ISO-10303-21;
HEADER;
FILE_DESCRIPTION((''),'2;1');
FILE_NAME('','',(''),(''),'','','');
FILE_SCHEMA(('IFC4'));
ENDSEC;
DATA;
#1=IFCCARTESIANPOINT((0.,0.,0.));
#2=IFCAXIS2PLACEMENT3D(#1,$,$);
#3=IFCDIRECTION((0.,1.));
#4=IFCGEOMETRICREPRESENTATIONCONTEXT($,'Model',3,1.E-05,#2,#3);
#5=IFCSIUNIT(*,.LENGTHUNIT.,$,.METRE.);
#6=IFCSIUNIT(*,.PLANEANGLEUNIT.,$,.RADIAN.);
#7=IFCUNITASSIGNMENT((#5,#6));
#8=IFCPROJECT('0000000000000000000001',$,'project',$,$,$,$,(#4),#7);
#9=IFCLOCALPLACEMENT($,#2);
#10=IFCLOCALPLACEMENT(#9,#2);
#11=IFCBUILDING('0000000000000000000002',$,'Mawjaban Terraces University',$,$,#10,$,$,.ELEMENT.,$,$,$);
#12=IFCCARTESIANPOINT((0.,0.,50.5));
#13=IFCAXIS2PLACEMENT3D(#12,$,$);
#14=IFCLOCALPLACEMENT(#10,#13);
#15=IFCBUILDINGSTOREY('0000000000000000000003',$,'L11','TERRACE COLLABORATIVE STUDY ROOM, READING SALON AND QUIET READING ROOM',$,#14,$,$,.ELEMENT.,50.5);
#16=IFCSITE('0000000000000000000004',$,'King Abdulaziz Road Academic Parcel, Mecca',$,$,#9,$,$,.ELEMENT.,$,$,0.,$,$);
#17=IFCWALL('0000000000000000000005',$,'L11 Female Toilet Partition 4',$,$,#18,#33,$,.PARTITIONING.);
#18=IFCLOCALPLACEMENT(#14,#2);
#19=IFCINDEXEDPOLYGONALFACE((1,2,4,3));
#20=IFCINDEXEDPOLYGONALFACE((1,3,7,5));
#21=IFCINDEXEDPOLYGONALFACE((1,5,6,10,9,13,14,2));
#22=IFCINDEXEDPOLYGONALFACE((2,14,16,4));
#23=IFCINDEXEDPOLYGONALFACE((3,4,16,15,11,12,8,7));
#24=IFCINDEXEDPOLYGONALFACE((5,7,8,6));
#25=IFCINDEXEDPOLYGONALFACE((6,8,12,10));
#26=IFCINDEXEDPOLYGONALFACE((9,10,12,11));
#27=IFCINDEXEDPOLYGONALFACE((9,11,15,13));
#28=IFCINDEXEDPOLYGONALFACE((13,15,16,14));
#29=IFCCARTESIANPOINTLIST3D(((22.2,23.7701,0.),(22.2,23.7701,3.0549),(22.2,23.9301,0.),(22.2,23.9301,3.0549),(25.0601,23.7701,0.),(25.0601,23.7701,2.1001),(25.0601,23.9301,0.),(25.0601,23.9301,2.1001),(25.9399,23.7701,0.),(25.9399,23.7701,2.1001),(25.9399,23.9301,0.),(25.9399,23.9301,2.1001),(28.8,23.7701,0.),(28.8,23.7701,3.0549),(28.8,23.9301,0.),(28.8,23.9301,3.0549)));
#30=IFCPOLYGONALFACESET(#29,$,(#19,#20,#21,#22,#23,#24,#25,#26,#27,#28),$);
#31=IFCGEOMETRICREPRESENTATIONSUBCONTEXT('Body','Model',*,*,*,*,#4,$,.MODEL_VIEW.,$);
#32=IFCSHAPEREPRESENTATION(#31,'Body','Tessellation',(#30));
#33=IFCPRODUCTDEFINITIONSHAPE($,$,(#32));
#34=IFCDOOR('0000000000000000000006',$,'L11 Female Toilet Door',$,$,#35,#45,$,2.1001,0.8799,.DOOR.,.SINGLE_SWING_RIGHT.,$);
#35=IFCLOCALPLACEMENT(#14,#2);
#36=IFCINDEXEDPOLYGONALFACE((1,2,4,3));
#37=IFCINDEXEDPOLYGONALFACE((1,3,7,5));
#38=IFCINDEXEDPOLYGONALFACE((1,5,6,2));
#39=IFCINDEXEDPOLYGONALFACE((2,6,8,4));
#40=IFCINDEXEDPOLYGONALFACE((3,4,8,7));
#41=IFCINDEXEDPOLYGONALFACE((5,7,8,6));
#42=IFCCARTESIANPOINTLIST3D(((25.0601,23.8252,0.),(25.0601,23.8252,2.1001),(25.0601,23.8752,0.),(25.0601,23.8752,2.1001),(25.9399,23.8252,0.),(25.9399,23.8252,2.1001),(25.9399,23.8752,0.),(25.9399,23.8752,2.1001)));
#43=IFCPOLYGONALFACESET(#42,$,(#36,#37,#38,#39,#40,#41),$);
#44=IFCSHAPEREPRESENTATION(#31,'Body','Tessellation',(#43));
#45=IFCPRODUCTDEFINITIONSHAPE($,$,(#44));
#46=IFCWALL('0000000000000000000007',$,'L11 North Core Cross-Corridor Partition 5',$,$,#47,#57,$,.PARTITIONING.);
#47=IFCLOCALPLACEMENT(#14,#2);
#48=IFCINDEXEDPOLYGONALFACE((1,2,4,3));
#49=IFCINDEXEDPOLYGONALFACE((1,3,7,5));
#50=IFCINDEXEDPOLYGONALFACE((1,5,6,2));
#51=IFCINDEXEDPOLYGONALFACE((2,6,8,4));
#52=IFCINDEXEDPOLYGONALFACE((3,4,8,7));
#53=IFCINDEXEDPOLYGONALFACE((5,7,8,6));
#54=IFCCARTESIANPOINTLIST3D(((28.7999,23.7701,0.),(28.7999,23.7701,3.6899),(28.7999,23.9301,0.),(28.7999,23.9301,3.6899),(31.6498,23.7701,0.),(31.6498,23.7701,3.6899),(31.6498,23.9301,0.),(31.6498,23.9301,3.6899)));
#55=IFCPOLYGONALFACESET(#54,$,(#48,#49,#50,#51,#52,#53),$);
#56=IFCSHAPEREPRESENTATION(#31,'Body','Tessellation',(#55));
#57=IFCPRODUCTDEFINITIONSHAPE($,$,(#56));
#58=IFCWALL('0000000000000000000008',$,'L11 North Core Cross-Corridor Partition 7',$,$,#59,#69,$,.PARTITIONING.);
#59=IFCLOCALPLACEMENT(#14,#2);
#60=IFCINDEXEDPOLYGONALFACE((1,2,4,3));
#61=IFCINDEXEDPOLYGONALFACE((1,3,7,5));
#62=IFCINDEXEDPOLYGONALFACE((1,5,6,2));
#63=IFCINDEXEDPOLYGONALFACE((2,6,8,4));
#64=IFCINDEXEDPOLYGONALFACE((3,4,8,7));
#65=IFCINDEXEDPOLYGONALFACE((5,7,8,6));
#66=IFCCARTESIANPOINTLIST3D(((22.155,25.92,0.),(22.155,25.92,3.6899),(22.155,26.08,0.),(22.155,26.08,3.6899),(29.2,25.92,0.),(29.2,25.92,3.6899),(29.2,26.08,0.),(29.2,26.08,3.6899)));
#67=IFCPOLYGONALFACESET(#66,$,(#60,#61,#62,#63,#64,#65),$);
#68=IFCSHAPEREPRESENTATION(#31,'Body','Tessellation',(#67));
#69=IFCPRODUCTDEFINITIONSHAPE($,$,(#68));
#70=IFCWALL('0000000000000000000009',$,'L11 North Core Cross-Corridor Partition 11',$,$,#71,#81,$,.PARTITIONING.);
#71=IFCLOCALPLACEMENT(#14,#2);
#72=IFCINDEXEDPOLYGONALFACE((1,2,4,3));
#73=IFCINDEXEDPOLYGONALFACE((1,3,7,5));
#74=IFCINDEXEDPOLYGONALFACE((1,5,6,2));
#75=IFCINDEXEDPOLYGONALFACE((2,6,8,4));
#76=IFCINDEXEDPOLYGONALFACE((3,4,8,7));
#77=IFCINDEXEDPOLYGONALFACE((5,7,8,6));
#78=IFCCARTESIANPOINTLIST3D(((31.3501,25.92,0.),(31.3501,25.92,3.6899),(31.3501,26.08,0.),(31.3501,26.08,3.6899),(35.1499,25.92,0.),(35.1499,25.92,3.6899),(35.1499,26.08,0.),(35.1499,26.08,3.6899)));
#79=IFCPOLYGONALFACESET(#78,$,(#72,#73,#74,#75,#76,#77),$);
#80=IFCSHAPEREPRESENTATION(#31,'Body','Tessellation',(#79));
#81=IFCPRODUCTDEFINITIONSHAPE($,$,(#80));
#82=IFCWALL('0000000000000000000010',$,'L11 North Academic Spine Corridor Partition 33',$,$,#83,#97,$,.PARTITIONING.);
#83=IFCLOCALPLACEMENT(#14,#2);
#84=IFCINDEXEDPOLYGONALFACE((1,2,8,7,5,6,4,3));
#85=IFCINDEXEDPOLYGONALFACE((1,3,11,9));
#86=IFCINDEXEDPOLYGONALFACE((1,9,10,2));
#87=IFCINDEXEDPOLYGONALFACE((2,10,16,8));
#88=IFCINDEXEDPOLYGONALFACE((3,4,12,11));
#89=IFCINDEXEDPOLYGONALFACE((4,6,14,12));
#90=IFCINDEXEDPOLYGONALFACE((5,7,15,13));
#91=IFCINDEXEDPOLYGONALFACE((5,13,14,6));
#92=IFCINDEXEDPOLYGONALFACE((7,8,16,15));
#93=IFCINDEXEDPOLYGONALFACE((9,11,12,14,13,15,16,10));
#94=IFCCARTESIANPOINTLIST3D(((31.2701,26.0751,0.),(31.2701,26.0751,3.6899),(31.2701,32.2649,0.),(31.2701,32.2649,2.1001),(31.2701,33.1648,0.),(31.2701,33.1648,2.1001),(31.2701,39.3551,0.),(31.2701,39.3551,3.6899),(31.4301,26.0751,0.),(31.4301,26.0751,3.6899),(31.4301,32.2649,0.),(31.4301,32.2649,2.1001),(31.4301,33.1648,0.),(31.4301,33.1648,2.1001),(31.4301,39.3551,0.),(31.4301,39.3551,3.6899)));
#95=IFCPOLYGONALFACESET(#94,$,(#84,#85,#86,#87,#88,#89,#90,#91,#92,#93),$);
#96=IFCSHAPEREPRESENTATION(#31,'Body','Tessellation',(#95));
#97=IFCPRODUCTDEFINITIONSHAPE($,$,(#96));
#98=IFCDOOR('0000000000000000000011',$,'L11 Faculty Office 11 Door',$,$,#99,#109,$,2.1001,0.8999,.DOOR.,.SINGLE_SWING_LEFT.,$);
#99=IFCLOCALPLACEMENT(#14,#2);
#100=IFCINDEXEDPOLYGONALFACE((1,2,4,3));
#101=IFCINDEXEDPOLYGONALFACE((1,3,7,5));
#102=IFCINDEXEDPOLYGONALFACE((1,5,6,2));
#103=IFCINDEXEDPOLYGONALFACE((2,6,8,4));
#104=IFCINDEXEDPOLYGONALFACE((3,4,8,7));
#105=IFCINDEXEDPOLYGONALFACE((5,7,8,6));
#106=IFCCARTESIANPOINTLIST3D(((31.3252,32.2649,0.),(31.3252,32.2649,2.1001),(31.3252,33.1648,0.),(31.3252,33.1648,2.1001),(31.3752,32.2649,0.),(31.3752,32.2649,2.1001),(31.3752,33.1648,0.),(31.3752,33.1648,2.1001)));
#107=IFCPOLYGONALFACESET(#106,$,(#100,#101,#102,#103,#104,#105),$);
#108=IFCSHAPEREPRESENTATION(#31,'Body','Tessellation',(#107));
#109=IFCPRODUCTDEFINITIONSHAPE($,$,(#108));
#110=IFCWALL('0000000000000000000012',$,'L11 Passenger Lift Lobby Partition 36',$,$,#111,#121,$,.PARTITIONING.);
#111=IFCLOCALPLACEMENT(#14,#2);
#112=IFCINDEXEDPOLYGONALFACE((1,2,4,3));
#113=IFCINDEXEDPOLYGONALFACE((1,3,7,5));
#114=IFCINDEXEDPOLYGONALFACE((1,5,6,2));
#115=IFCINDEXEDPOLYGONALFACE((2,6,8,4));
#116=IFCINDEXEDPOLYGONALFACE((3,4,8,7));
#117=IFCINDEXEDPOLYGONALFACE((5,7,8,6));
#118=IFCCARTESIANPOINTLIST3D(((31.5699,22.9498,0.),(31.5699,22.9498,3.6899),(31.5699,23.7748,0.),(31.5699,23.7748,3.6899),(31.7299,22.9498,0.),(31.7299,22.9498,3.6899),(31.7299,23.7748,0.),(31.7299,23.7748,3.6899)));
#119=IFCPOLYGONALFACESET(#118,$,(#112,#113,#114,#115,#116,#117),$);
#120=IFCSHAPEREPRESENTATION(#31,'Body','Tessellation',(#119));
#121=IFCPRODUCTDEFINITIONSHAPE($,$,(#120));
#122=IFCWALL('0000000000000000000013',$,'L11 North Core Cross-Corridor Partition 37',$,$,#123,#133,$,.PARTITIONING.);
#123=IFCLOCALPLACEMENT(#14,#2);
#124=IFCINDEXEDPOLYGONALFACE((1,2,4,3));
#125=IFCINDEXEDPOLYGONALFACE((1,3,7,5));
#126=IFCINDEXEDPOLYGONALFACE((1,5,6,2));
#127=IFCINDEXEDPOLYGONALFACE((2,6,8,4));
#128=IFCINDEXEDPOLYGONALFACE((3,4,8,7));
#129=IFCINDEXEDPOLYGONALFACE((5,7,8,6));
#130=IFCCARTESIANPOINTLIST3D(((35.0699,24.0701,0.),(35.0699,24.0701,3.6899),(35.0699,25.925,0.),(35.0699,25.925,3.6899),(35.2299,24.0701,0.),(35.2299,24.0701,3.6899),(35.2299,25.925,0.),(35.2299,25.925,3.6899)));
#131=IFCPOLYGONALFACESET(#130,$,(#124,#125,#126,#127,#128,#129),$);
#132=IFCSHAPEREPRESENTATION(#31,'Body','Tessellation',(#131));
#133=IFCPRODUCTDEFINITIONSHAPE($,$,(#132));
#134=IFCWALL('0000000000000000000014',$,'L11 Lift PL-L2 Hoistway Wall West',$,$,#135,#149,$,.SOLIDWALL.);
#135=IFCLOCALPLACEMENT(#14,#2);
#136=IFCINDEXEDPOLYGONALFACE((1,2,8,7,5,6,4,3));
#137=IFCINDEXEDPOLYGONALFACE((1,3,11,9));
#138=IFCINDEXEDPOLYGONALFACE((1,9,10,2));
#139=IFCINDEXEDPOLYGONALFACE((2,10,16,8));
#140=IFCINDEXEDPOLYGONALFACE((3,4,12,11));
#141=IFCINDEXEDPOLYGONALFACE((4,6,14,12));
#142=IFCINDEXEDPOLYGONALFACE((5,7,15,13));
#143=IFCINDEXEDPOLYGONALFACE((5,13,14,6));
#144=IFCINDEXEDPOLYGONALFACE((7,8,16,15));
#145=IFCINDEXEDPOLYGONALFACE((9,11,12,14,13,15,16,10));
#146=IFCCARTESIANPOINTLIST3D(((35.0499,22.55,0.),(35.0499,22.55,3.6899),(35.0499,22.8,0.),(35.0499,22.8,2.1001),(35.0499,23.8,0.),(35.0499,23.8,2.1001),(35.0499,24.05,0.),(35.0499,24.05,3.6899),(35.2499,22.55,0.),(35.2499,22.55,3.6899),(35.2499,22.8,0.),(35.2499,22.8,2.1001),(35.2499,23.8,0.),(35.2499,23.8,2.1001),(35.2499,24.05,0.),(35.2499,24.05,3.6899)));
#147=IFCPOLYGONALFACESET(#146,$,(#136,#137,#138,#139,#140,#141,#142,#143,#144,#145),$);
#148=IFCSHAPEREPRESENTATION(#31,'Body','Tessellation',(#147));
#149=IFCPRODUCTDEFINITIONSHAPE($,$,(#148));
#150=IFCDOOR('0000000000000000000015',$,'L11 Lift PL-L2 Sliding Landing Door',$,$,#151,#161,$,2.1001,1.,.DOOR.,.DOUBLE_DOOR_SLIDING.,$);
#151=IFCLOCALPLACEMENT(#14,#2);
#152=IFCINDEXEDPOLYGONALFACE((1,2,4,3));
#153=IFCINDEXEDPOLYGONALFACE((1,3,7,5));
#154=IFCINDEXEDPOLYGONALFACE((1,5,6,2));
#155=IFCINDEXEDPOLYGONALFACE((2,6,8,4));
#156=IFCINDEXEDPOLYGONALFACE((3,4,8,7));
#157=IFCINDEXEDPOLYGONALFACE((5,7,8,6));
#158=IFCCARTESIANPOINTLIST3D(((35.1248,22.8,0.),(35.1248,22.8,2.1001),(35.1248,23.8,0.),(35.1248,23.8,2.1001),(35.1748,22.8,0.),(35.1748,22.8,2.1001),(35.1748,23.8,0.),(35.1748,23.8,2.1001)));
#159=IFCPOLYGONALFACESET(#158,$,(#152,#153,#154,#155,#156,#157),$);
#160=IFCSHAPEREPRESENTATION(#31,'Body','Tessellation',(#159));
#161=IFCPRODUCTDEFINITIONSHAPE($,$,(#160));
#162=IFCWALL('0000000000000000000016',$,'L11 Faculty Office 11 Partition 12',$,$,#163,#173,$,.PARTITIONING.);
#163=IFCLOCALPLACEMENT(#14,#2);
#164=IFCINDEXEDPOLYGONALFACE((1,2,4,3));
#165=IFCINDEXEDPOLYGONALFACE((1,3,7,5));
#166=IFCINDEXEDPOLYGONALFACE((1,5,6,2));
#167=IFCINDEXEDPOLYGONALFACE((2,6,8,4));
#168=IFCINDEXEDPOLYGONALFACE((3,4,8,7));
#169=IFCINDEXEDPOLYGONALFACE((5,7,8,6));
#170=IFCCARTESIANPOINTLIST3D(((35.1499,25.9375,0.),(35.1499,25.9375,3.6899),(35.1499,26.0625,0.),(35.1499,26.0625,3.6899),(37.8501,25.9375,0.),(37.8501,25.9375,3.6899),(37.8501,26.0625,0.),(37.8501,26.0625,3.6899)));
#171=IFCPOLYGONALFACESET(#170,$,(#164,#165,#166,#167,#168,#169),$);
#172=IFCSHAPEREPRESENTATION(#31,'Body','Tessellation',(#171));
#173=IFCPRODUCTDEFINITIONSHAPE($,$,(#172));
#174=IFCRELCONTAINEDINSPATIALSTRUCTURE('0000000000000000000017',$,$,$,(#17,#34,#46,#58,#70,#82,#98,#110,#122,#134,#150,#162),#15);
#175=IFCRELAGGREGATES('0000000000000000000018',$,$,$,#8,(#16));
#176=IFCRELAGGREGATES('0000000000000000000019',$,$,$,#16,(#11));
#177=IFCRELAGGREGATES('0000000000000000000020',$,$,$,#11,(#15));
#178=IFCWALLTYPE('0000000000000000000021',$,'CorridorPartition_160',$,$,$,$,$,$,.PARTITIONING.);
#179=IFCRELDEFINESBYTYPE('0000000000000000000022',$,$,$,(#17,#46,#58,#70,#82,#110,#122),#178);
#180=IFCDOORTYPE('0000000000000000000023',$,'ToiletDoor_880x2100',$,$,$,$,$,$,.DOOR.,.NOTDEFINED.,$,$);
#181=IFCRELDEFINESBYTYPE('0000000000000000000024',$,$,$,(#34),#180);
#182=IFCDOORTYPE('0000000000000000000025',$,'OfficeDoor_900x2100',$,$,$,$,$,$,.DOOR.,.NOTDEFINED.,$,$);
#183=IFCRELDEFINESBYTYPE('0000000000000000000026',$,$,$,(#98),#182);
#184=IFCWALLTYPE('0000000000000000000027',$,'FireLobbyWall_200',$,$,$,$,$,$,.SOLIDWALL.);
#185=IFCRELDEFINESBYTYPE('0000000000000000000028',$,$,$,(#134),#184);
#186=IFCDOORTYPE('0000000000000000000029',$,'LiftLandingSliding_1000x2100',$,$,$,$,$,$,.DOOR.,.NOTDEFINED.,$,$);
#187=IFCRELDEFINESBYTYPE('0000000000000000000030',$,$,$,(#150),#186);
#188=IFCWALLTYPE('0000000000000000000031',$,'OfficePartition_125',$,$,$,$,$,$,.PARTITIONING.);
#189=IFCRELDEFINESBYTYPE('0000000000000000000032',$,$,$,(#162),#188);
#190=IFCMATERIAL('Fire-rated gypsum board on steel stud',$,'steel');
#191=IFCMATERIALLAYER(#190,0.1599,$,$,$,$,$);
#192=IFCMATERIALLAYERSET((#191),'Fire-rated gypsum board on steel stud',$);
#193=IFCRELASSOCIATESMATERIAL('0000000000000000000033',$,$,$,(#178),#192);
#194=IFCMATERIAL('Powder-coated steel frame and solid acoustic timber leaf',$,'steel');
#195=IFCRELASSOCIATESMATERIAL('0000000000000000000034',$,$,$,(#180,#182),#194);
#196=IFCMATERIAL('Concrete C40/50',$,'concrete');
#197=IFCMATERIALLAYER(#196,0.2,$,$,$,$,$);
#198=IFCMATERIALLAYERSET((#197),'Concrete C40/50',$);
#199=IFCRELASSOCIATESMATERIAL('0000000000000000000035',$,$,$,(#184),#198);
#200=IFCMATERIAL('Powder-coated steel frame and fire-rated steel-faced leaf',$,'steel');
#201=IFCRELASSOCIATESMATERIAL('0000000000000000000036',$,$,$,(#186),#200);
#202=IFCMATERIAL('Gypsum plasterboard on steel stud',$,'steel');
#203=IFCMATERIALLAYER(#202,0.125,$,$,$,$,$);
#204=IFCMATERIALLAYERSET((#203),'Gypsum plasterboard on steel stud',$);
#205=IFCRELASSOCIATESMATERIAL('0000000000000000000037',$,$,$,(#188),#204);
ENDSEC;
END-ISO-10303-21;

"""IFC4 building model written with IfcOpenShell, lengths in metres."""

from ifc_helpers import new_model, si_unit, direction, frame, frame_2d, origin, place, context, subcontext, project, spatial, rectangle, extrude, material, layer, layer_set, type_object, element, fill, save


model = new_model("IFC4")

# Units and contexts
model_context = context("Model", 3, precision=1e-05, world=origin(), true_north=direction((0.0, 1.0)))
body_context = subcontext(model_context, "Body", "Model", "MODEL_VIEW")
ifc_project = project(units=[si_unit("LENGTHUNIT", "METRE"), si_unit("PLANEANGLEUNIT", "RADIAN")], contexts=[model_context])

# Site, building, storey
site_placement = place(None, origin())
site = spatial("IfcSite", under=ifc_project, at=site_placement, Name="King Abdulaziz Road Academic Parcel, Mecca", CompositionType="ELEMENT", RefElevation=0.0)
building_placement = place(site_placement, origin())
building = spatial("IfcBuilding", under=site, at=building_placement, Name="Mawjaban Terraces University", CompositionType="ELEMENT")
storey_placement = place(building_placement, frame((0.0, 0.0, 50.5)))
storey = spatial("IfcBuildingStorey", under=building, at=storey_placement, Name="L11", Description="TERRACE COLLABORATIVE STUDY ROOM, READING SALON AND QUIET READING ROOM", CompositionType="ELEMENT", Elevation=50.5)

# Wall, opening, door
ifc_material_1 = material(Name="Fire-rated gypsum board on steel stud", Category="steel")
ifc_layer_1 = layer(ifc_material_1, 0.1599)
ifc_layer_set_1 = layer_set([ifc_layer_1], Name="Fire-rated gypsum board on steel stud")
wall_type_1 = type_object("IfcWallType", Name="CorridorPartition_160", PredefinedType="PARTITIONING", material=ifc_layer_set_1)
wall_1_placement = place(storey_placement, frame((28.8, 23.8501, 0.0), z_axis=(0.0, 0.0, 1.0), x_axis=(-1.0, 0.0, 0.0)))
wall_1 = element("IfcWall", 1, at=wall_1_placement, inside=storey, type_object=wall_type_1, Name="L11 Female Toilet Partition 4", PredefinedType="PARTITIONING", context=body_context, shape_type="SweptSolid", body=[
    extrude(rectangle(XDim=6.6001, YDim=0.1599, at=frame_2d((3.3, 0.0))), origin(), (0.0, 0.0, 1.0), 3.0549),
])
opening_1_placement = place(wall_1_placement, frame((2.8601, 0.0, 0.0)))
opening_1 = element("IfcOpeningElement", 2, at=opening_1_placement, cuts=wall_1, PredefinedType="OPENING", context=body_context, shape_type="SweptSolid", body=[
    extrude(rectangle(XDim=0.8799, YDim=2.1001, at=frame_2d((0.4399, 1.05))), frame((0.0, 0.0898, 0.0), z_axis=(0.0, -1.0, 0.0), x_axis=(1.0, 0.0, 0.0)), (0.0, 0.0, 1.0), 0.1799),
])
ifc_material_2 = material(Name="Powder-coated steel frame and solid acoustic timber leaf", Category="steel")
door_type_1 = type_object("IfcDoorType", Name="ToiletDoor_880x2100", OperationType="NOTDEFINED", PredefinedType="DOOR", material=ifc_material_2)
door_1_placement = place(opening_1_placement, origin())
door_1 = element("IfcDoor", 3, at=door_1_placement, inside=storey, type_object=door_type_1, Name="L11 Female Toilet Door", OperationType="SINGLE_SWING_RIGHT", OverallHeight=2.1001, OverallWidth=0.8799, PredefinedType="DOOR", context=body_context, shape_type="SweptSolid", body=[
    extrude(rectangle(XDim=0.8799, YDim=2.1001, at=frame_2d((0.4399, 1.05))), frame((0.0, 0.0249, 0.0), z_axis=(0.0, -1.0, 0.0), x_axis=(1.0, 0.0, 0.0)), (0.0, 0.0, 1.0), 0.05),
])
fill(opening_1, door_1)

# Walls
wall_2_placement = place(storey_placement, frame((28.8, 23.8501, 0.0), z_axis=(0.0, 0.0, 1.0), x_axis=(1.0, 0.0, 0.0)))
element("IfcWall", 4, at=wall_2_placement, inside=storey, type_object=wall_type_1, Name="L11 North Core Cross-Corridor Partition 5", PredefinedType="PARTITIONING", context=body_context, shape_type="SweptSolid", body=[
    extrude(rectangle(XDim=2.8499, YDim=0.1599, at=frame_2d((1.4248, 0.0))), origin(), (0.0, 0.0, 1.0), 3.6899),
])
wall_3_placement = place(storey_placement, frame((29.2, 26.0, 0.0), z_axis=(0.0, 0.0, 1.0), x_axis=(-1.0, 0.0, 0.0)))
element("IfcWall", 5, at=wall_3_placement, inside=storey, type_object=wall_type_1, Name="L11 North Core Cross-Corridor Partition 7", PredefinedType="PARTITIONING", context=body_context, shape_type="SweptSolid", body=[
    extrude(rectangle(XDim=7.0449, YDim=0.1599, at=frame_2d((3.5225, 0.0))), origin(), (0.0, 0.0, 1.0), 3.6899),
])
wall_4_placement = place(storey_placement, frame((35.1499, 26.0, 0.0), z_axis=(0.0, 0.0, 1.0), x_axis=(-1.0, 0.0, 0.0)))
element("IfcWall", 6, at=wall_4_placement, inside=storey, type_object=wall_type_1, Name="L11 North Core Cross-Corridor Partition 11", PredefinedType="PARTITIONING", context=body_context, shape_type="SweptSolid", body=[
    extrude(rectangle(XDim=3.7998, YDim=0.1599, at=frame_2d((1.8999, 0.0))), origin(), (0.0, 0.0, 1.0), 3.6899),
])

# Wall, opening, door
wall_5_placement = place(storey_placement, frame((31.3501, 26.075, 0.0), z_axis=(0.0, 0.0, 1.0), x_axis=(0.0, 1.0, 0.0)))
wall_5 = element("IfcWall", 7, at=wall_5_placement, inside=storey, type_object=wall_type_1, Name="L11 North Academic Spine Corridor Partition 33", PredefinedType="PARTITIONING", context=body_context, shape_type="SweptSolid", body=[
    extrude(rectangle(XDim=13.28, YDim=0.1599, at=frame_2d((6.6401, 0.0))), origin(), (0.0, 0.0, 1.0), 3.6899),
])
opening_2_placement = place(wall_5_placement, frame((6.1899, 0.0, 0.0)))
opening_2 = element("IfcOpeningElement", 8, at=opening_2_placement, cuts=wall_5, PredefinedType="OPENING", context=body_context, shape_type="SweptSolid", body=[
    extrude(rectangle(XDim=0.8999, YDim=2.1001, at=frame_2d((0.45, 1.05))), frame((0.0, 0.0898, 0.0), z_axis=(0.0, -1.0, 0.0), x_axis=(1.0, 0.0, 0.0)), (0.0, 0.0, 1.0), 0.1799),
])
door_type_2 = type_object("IfcDoorType", Name="OfficeDoor_900x2100", OperationType="NOTDEFINED", PredefinedType="DOOR", material=ifc_material_2)
door_2_placement = place(opening_2_placement, origin())
door_2 = element("IfcDoor", 9, at=door_2_placement, inside=storey, type_object=door_type_2, Name="L11 Faculty Office 11 Door", OperationType="SINGLE_SWING_LEFT", OverallHeight=2.1001, OverallWidth=0.8999, PredefinedType="DOOR", context=body_context, shape_type="SweptSolid", body=[
    extrude(rectangle(XDim=0.8999, YDim=2.1001, at=frame_2d((0.45, 1.05))), frame((0.0, 0.0249, 0.0), z_axis=(0.0, -1.0, 0.0), x_axis=(1.0, 0.0, 0.0)), (0.0, 0.0, 1.0), 0.05),
])
fill(opening_2, door_2)

# Walls
wall_6_placement = place(storey_placement, frame((31.6499, 23.7749, 0.0), z_axis=(0.0, 0.0, 1.0), x_axis=(0.0, -1.0, 0.0)))
element("IfcWall", 10, at=wall_6_placement, inside=storey, type_object=wall_type_1, Name="L11 Passenger Lift Lobby Partition 36", PredefinedType="PARTITIONING", context=body_context, shape_type="SweptSolid", body=[
    extrude(rectangle(XDim=0.825, YDim=0.1599, at=frame_2d((0.4126, 0.0))), origin(), (0.0, 0.0, 1.0), 3.6899),
])
wall_7_placement = place(storey_placement, frame((35.1499, 24.0701, 0.0), z_axis=(0.0, 0.0, 1.0), x_axis=(0.0, 1.0, 0.0)))
element("IfcWall", 11, at=wall_7_placement, inside=storey, type_object=wall_type_1, Name="L11 North Core Cross-Corridor Partition 37", PredefinedType="PARTITIONING", context=body_context, shape_type="SweptSolid", body=[
    extrude(rectangle(XDim=1.855, YDim=0.1599, at=frame_2d((0.9275, 0.0))), origin(), (0.0, 0.0, 1.0), 3.6899),
])

# Wall, opening, door
ifc_material_3 = material(Name="Concrete C40/50", Category="concrete")
ifc_layer_2 = layer(ifc_material_3, 0.2)
ifc_layer_set_2 = layer_set([ifc_layer_2], Name="Concrete C40/50")
wall_type_2 = type_object("IfcWallType", Name="FireLobbyWall_200", PredefinedType="SOLIDWALL", material=ifc_layer_set_2)
wall_8_placement = place(storey_placement, frame((35.1499, 24.05, 0.0), z_axis=(0.0, 0.0, 1.0), x_axis=(0.0, -1.0, 0.0)))
wall_8 = element("IfcWall", 12, at=wall_8_placement, inside=storey, type_object=wall_type_2, Name="L11 Lift PL-L2 Hoistway Wall West", PredefinedType="SOLIDWALL", context=body_context, shape_type="SweptSolid", body=[
    extrude(rectangle(XDim=1.5, YDim=0.2, at=frame_2d((0.75, 0.0))), origin(), (0.0, 0.0, 1.0), 3.6899),
])
opening_3_placement = place(wall_8_placement, frame((0.25, 0.0, 0.0)))
opening_3 = element("IfcOpeningElement", 13, at=opening_3_placement, cuts=wall_8, PredefinedType="OPENING", context=body_context, shape_type="SweptSolid", body=[
    extrude(rectangle(XDim=1.0, YDim=2.1001, at=frame_2d((0.5, 1.05))), frame((0.0, 0.1099, 0.0), z_axis=(0.0, -1.0, 0.0), x_axis=(1.0, 0.0, 0.0)), (0.0, 0.0, 1.0), 0.22),
])
ifc_material_4 = material(Name="Powder-coated steel frame and fire-rated steel-faced leaf", Category="steel")
door_type_3 = type_object("IfcDoorType", Name="LiftLandingSliding_1000x2100", OperationType="NOTDEFINED", PredefinedType="DOOR", material=ifc_material_4)
door_3_placement = place(opening_3_placement, origin())
door_3 = element("IfcDoor", 14, at=door_3_placement, inside=storey, type_object=door_type_3, Name="L11 Lift PL-L2 Sliding Landing Door", OperationType="DOUBLE_DOOR_SLIDING", OverallHeight=2.1001, OverallWidth=1.0, PredefinedType="DOOR", context=body_context, shape_type="SweptSolid", body=[
    extrude(rectangle(XDim=1.0, YDim=2.1001, at=frame_2d((0.5, 1.05))), frame((0.0, 0.0249, 0.0), z_axis=(0.0, -1.0, 0.0), x_axis=(1.0, 0.0, 0.0)), (0.0, 0.0, 1.0), 0.05),
])
fill(opening_3, door_3)

# Wall
ifc_material_5 = material(Name="Gypsum plasterboard on steel stud", Category="steel")
ifc_layer_3 = layer(ifc_material_5, 0.125)
ifc_layer_set_3 = layer_set([ifc_layer_3], Name="Gypsum plasterboard on steel stud")
wall_type_3 = type_object("IfcWallType", Name="OfficePartition_125", PredefinedType="PARTITIONING", material=ifc_layer_set_3)
wall_9_placement = place(storey_placement, frame((35.1499, 26.0, 0.0), z_axis=(0.0, 0.0, 1.0), x_axis=(1.0, 0.0, 0.0)))
element("IfcWall", 15, at=wall_9_placement, inside=storey, type_object=wall_type_3, Name="L11 Faculty Office 11 Partition 12", PredefinedType="PARTITIONING", context=body_context, shape_type="SweptSolid", body=[
    extrude(rectangle(XDim=2.7002, YDim=0.125, at=frame_2d((1.3501, 0.0))), origin(), (0.0, 0.0, 1.0), 3.6899),
])

save(model, "model.ifc")
